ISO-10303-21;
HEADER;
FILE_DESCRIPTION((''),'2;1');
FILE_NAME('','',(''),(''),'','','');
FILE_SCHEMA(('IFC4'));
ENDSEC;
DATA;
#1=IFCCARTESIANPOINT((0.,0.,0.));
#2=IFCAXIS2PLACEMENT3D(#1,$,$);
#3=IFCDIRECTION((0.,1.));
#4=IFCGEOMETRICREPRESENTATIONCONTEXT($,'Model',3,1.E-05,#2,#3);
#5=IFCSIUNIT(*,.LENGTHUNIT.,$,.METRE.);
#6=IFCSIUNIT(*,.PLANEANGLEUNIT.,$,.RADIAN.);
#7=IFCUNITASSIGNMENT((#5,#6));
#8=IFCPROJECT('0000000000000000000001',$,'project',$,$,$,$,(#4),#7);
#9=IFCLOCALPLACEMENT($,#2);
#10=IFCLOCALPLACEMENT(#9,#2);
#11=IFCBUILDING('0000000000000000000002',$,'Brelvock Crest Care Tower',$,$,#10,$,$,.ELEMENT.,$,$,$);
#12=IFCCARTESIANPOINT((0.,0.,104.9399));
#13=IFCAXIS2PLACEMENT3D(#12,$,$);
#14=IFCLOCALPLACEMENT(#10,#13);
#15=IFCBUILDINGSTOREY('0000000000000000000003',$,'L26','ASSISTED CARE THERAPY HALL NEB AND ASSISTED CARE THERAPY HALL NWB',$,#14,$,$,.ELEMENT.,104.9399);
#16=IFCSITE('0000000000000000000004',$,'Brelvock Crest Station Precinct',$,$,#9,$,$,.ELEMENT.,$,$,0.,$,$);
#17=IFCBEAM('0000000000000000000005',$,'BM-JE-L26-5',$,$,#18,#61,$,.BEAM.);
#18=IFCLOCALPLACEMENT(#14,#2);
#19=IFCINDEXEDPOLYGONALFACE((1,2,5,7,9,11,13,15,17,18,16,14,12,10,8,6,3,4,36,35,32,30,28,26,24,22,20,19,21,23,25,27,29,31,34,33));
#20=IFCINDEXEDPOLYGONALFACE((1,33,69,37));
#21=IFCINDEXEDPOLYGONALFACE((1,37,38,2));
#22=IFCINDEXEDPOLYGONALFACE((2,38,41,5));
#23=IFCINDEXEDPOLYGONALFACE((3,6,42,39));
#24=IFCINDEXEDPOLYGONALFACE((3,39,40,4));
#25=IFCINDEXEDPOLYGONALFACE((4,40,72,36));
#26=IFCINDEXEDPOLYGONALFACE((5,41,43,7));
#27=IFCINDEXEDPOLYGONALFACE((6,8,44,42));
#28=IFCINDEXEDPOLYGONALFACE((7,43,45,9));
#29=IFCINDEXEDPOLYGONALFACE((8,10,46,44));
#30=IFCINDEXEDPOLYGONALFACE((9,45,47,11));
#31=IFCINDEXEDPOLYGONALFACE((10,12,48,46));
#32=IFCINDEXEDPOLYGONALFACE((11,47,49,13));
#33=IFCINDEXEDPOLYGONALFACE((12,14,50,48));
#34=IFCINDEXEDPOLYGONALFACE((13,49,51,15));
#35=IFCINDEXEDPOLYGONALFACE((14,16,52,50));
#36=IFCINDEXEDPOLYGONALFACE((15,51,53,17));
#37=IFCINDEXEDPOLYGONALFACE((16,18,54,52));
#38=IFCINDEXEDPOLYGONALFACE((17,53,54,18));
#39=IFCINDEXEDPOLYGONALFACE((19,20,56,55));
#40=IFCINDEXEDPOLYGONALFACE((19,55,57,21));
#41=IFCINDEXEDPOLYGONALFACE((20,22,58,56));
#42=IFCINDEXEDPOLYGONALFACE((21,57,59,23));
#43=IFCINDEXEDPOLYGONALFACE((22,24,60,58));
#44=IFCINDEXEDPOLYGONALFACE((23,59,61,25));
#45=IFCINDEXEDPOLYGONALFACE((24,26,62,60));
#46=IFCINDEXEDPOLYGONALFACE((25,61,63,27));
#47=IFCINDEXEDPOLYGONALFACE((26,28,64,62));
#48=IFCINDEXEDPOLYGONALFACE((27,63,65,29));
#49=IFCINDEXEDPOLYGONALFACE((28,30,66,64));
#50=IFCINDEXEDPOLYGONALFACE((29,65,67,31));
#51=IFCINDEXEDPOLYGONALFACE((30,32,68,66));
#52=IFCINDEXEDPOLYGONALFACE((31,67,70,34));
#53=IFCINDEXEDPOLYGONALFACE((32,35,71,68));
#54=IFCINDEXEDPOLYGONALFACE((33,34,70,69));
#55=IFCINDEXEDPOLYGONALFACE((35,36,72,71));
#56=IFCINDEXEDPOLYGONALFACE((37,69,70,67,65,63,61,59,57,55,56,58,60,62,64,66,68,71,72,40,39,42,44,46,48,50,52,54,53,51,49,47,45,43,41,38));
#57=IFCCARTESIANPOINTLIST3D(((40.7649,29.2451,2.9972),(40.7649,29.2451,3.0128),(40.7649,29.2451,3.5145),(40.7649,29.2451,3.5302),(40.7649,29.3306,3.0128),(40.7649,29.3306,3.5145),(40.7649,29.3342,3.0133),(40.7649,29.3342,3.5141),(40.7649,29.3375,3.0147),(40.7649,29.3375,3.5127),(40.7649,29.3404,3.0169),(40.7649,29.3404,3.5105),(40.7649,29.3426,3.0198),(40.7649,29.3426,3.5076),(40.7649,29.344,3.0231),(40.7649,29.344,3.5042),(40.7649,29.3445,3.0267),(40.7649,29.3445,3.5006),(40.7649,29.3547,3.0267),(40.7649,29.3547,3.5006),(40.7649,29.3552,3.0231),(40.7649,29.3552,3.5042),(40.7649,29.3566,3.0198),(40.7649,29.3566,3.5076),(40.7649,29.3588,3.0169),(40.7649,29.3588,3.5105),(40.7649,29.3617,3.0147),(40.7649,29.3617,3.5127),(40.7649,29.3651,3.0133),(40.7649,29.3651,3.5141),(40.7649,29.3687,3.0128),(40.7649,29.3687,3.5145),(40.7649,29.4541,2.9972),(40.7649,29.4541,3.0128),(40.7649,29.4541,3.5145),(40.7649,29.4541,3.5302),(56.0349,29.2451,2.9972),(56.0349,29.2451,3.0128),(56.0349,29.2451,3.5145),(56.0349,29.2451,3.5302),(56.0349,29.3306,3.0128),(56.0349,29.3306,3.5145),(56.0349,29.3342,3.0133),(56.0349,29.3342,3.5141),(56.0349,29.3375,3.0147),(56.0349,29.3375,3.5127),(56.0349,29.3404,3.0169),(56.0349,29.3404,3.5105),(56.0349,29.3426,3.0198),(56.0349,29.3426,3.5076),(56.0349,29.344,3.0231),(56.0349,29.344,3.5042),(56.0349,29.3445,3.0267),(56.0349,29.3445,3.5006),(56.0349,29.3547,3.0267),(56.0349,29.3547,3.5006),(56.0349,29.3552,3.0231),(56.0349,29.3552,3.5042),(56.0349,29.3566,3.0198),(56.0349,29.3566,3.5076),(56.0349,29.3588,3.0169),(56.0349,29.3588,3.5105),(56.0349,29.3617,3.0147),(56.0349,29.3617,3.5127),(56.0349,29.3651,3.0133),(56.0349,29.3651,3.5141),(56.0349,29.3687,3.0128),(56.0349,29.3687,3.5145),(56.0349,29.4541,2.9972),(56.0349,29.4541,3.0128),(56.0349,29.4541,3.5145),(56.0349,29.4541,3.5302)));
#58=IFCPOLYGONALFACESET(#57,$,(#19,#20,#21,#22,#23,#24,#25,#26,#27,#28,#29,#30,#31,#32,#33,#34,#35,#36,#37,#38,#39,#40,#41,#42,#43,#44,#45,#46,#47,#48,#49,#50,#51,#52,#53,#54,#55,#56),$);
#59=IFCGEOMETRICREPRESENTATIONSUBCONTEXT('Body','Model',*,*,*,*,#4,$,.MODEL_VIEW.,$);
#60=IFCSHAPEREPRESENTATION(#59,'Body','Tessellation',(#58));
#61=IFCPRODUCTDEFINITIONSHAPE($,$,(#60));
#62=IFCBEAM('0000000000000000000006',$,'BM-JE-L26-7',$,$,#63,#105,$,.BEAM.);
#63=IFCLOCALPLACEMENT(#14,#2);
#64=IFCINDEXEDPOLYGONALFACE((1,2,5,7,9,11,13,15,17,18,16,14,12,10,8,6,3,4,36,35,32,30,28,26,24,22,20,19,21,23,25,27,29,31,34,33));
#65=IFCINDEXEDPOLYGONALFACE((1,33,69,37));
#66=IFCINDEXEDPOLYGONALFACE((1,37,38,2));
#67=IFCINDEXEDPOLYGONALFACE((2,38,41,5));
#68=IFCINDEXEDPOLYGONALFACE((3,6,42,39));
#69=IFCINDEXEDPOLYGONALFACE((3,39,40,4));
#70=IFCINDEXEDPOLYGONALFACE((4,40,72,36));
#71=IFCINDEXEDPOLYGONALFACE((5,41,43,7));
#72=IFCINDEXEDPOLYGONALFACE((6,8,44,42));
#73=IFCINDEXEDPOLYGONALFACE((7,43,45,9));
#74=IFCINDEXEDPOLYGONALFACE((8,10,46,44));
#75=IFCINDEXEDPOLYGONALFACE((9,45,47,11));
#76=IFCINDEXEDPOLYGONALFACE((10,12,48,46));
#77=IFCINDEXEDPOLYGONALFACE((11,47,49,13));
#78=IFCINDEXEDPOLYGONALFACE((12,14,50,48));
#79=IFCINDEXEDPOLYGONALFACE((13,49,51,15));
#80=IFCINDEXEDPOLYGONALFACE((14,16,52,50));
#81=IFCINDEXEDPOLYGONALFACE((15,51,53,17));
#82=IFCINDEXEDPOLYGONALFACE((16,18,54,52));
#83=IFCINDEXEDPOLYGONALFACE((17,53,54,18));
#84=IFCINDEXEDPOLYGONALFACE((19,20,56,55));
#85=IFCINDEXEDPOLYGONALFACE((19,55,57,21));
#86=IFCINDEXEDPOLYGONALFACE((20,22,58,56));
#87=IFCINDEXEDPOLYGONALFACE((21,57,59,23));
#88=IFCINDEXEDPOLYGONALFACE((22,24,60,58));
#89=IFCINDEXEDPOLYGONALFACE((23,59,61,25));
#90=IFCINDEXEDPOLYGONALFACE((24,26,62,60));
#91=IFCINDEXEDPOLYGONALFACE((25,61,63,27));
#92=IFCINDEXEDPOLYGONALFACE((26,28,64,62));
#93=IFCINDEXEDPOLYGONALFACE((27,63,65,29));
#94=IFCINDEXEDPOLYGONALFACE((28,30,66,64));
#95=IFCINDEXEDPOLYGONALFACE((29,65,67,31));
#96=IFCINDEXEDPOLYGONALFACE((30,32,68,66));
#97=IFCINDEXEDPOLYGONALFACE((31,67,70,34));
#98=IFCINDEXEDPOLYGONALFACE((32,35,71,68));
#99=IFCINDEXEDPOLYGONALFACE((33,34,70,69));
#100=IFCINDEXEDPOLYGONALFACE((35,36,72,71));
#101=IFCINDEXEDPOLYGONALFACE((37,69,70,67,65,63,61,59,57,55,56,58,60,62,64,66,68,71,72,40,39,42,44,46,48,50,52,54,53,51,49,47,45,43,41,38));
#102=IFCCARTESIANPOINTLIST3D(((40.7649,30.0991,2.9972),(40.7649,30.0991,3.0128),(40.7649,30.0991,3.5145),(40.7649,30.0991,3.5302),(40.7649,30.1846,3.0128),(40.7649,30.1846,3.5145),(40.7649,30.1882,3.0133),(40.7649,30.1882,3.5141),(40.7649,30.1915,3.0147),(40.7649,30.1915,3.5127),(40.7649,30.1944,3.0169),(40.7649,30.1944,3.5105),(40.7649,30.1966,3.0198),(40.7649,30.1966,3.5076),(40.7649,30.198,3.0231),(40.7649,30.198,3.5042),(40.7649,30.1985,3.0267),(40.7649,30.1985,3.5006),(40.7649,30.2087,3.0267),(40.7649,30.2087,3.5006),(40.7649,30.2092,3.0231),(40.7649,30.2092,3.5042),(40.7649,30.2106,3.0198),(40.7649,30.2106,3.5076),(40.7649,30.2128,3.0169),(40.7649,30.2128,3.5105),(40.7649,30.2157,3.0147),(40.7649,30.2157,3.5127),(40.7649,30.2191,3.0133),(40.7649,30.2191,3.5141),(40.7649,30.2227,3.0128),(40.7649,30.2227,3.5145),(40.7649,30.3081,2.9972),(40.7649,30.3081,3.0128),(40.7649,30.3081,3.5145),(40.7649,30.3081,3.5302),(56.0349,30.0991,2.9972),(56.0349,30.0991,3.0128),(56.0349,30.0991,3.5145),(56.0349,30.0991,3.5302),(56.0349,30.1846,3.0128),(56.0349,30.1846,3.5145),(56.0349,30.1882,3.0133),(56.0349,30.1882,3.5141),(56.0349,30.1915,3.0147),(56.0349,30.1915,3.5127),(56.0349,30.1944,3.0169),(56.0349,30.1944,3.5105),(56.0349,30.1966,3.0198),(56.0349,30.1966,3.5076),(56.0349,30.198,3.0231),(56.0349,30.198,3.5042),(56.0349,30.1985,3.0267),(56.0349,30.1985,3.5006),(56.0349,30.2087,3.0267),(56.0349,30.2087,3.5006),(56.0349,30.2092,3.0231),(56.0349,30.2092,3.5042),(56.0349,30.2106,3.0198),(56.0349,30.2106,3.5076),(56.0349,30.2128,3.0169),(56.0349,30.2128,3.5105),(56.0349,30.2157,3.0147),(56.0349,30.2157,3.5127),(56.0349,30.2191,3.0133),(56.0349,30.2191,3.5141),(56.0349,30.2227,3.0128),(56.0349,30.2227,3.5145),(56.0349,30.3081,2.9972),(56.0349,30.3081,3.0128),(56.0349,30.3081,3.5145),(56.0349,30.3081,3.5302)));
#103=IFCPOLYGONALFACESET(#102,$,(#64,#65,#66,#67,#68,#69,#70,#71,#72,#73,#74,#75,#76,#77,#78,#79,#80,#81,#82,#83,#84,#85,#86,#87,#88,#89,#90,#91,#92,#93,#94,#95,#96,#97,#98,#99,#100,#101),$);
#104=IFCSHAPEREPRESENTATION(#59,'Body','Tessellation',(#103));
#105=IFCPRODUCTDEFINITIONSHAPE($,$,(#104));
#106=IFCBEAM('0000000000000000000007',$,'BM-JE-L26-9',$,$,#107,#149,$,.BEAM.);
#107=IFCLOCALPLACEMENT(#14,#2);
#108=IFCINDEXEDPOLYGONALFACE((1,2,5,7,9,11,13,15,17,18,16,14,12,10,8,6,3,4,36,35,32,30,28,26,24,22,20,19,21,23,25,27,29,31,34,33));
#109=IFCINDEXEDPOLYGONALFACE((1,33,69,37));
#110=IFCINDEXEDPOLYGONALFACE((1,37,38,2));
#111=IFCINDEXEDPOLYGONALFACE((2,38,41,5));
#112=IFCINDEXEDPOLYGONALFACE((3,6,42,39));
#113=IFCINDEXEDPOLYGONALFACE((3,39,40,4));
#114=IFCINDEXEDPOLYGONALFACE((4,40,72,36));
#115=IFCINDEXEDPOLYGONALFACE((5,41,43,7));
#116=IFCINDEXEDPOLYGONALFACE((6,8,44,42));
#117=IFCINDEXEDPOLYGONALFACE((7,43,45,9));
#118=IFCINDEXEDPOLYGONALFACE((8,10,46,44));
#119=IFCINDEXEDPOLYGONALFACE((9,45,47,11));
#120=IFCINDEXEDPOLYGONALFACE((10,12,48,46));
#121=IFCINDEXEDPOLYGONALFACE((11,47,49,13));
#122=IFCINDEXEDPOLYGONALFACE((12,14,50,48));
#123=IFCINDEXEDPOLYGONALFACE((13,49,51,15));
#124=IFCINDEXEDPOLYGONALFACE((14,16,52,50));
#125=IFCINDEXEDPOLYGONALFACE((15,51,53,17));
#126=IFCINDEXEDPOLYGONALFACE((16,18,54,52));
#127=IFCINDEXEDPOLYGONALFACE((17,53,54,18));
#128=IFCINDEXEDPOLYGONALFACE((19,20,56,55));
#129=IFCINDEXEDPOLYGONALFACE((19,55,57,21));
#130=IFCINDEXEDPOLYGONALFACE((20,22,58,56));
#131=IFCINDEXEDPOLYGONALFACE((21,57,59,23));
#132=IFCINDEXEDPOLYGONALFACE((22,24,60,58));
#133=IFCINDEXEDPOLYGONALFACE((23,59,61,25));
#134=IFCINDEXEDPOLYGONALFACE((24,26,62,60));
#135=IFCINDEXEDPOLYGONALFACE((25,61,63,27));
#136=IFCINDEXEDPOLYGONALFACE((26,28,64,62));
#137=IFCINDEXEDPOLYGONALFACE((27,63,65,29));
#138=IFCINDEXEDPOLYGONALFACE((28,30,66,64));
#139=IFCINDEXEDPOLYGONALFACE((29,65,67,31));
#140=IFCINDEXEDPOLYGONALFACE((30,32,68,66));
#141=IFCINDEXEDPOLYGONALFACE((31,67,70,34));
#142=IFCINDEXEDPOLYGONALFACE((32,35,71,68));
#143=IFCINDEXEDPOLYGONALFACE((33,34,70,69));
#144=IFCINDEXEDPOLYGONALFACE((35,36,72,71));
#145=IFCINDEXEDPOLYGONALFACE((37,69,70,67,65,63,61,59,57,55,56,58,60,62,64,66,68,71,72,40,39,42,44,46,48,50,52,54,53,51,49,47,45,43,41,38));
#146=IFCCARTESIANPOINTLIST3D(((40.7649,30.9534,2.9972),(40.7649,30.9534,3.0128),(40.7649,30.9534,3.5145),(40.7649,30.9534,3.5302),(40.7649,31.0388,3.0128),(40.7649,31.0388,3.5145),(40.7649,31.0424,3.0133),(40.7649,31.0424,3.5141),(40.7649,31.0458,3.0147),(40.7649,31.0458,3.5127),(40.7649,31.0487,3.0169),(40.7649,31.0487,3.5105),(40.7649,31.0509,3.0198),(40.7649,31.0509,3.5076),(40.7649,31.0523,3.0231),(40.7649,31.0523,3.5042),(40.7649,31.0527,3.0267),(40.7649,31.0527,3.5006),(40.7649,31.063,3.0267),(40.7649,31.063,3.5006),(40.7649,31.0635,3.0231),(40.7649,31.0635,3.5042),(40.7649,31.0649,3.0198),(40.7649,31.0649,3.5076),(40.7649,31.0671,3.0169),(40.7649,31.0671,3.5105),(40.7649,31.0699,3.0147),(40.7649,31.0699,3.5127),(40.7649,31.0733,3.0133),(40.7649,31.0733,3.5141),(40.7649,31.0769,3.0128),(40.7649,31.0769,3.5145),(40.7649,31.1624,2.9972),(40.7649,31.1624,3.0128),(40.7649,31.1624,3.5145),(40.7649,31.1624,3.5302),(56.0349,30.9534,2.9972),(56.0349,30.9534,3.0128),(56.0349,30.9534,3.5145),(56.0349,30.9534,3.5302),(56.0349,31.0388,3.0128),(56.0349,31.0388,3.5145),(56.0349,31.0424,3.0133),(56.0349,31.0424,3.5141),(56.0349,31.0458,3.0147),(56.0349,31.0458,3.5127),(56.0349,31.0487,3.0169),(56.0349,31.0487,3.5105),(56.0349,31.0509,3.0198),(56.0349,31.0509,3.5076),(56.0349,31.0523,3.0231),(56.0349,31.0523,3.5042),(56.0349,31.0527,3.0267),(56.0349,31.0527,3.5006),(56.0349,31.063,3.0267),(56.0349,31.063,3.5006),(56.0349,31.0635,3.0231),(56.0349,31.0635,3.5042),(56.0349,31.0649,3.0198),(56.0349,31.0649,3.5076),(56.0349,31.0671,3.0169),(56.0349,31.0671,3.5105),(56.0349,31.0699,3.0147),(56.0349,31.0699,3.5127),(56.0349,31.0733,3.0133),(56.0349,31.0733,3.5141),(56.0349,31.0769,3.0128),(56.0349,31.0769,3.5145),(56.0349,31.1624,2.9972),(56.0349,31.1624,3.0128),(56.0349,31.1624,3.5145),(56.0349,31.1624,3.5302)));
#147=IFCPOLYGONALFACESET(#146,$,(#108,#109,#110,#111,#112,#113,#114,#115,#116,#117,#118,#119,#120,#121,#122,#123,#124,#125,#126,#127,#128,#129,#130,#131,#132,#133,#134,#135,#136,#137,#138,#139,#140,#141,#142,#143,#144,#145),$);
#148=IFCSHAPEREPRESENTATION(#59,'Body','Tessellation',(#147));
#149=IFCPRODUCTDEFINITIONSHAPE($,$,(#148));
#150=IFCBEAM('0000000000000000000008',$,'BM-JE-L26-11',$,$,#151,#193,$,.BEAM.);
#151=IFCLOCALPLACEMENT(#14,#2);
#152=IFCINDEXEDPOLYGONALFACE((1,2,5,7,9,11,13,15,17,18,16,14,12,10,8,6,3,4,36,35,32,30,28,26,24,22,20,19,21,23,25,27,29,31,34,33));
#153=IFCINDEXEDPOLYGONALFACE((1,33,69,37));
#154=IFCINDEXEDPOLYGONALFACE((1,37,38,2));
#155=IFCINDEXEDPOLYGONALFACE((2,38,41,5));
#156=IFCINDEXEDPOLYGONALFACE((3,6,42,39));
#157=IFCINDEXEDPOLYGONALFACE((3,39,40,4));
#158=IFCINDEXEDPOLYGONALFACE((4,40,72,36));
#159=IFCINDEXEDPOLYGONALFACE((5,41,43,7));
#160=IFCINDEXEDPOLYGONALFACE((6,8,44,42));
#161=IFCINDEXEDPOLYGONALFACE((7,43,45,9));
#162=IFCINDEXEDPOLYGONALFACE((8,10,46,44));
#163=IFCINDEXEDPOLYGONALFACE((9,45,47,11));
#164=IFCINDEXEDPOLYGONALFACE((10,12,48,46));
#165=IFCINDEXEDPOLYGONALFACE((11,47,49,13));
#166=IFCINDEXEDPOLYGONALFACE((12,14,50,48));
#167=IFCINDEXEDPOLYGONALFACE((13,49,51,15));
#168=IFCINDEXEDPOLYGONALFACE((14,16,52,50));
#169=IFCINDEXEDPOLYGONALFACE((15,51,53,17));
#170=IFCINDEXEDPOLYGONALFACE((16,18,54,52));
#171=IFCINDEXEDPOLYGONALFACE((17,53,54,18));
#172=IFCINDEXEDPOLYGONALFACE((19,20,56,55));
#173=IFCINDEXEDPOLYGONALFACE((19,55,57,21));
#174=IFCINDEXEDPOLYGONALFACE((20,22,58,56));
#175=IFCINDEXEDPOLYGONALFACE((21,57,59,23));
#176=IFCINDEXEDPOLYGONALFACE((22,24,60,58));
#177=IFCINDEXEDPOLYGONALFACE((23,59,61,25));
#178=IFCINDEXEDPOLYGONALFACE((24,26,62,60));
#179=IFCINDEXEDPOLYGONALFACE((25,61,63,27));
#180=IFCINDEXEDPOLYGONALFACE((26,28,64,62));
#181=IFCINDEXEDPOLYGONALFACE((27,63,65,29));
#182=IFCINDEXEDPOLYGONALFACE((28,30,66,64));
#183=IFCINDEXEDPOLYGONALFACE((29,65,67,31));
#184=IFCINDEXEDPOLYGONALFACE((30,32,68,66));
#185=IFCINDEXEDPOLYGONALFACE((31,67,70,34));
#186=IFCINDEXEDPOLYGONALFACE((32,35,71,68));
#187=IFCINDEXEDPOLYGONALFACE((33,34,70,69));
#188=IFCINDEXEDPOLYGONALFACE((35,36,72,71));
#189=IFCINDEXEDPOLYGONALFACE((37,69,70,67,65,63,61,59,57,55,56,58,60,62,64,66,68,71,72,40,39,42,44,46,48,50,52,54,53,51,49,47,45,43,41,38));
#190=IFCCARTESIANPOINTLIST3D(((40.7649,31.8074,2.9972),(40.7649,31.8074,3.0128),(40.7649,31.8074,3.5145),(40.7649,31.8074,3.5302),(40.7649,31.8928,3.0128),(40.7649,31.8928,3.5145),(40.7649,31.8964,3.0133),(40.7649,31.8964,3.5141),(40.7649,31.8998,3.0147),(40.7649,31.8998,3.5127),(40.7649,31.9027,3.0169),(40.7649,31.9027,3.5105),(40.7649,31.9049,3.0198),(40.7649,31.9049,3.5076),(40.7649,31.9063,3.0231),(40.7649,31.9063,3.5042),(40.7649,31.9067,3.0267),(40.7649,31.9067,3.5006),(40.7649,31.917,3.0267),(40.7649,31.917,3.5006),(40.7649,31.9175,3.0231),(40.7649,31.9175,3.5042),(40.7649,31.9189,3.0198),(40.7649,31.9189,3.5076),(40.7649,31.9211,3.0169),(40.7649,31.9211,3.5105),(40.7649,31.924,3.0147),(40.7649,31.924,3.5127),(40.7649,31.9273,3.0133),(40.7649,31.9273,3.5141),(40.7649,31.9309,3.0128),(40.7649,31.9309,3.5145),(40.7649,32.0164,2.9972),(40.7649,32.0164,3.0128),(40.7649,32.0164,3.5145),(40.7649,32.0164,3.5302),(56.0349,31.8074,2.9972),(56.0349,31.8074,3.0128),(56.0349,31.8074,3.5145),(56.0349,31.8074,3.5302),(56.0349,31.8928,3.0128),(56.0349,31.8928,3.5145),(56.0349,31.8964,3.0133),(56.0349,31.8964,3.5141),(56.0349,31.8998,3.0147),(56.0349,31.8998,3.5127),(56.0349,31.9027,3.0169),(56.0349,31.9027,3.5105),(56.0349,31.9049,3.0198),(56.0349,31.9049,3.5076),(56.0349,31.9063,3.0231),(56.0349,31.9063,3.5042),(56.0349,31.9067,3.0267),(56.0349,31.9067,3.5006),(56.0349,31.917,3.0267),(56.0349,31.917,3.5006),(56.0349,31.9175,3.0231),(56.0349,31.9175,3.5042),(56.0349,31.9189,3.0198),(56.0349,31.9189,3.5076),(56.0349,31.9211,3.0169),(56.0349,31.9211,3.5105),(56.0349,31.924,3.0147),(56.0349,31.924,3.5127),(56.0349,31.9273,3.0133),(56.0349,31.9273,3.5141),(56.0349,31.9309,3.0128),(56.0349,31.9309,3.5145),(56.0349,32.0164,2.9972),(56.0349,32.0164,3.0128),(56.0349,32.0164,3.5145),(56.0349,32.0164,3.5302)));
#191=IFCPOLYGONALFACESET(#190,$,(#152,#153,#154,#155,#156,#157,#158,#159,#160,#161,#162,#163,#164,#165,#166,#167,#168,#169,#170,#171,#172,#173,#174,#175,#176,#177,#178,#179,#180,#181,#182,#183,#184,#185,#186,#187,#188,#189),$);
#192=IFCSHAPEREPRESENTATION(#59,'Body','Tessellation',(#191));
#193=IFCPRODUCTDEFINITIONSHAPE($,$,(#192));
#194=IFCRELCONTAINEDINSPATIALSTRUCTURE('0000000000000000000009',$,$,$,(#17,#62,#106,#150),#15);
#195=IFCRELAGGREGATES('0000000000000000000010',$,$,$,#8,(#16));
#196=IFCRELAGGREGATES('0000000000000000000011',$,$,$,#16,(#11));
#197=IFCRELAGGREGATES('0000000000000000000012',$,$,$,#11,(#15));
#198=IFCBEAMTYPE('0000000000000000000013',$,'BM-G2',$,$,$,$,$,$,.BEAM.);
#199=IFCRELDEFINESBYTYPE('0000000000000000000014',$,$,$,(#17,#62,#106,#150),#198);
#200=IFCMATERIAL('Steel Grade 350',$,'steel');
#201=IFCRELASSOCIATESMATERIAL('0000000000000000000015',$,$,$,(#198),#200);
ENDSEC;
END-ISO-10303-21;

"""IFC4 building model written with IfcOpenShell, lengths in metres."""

from ifc_helpers import new_model, si_unit, direction, frame, origin, origin_2d, place, context, subcontext, project, spatial, i_section, extrude, source, transform, mapped, material, material_profile, profile_set, type_object, element, save


model = new_model("IFC4")

# Units and contexts
model_context = context("Model", 3, precision=1e-05, world=origin(), true_north=direction((0.0, 1.0)))
body_context = subcontext(model_context, "Body", "Model", "MODEL_VIEW")
ifc_project = project(units=[si_unit("LENGTHUNIT", "METRE"), si_unit("PLANEANGLEUNIT", "RADIAN")], contexts=[model_context])

# Site, building, storey
site_placement = place(None, origin())
site = spatial("IfcSite", under=ifc_project, at=site_placement, Name="Brelvock Crest Station Precinct", CompositionType="ELEMENT", RefElevation=0.0)
building_placement = place(site_placement, origin())
building = spatial("IfcBuilding", under=site, at=building_placement, Name="Brelvock Crest Care Tower", CompositionType="ELEMENT")
storey_placement = place(building_placement, frame((0.0, 0.0, 104.9399)))
storey = spatial("IfcBuildingStorey", under=building, at=storey_placement, Name="L26", Description="ASSISTED CARE THERAPY HALL NEB AND ASSISTED CARE THERAPY HALL NWB", CompositionType="ELEMENT", Elevation=104.9399)

# Shared definitions
ifc_material_1 = material(Name="Steel Grade 350", Category="steel")

# Beams
ifc_material_profile_1 = material_profile(ifc_material_1, i_section(OverallWidth=0.209, OverallDepth=0.533, WebThickness=0.0103, FlangeThickness=0.0156, FilletRadius=0.0139, at=origin_2d()), Name="530UB92.4")
ifc_profile_set_1 = profile_set([ifc_material_profile_1], Name="Steel Grade 350")
beam_type_1 = type_object("IfcBeamType", Name="BM-G2", PredefinedType="BEAM", material=ifc_profile_set_1)
shared_shape_1 = source(origin(), body_context, "Body", "SweptSolid", [
    extrude(i_section(OverallWidth=0.209, OverallDepth=0.533, WebThickness=0.0103, FlangeThickness=0.0156, FilletRadius=0.0139, at=origin_2d()), origin(), (0.0, 0.0, 1.0), 15.27),
])
for number, where, z_axis, x_axis, name in (
    (1, (40.7649, 29.3496, 3.2637), (1.0, 0.0, 0.0), (0.0, 1.0, 0.0), "BM-JE-L26-5"),
    (2, (40.7649, 30.2036, 3.2637), (1.0, 0.0, 0.0), (0.0, 1.0, 0.0), "BM-JE-L26-7"),
    (3, (40.7649, 31.0579, 3.2637), (1.0, 0.0, 0.0), (0.0, 1.0, 0.0), "BM-JE-L26-9"),
    (4, (40.7649, 31.9119, 3.2637), (1.0, 0.0, 0.0), (0.0, 1.0, 0.0), "BM-JE-L26-11"),
):
    element("IfcBeam", number, at=place(storey_placement, frame(where, z_axis=z_axis, x_axis=x_axis)), inside=storey, type_object=beam_type_1, Name=name, PredefinedType="BEAM", context=body_context, shape_type="MappedRepresentation", body=[
        mapped(shared_shape_1, transform((0.0, 0.0, 0.0), x_axis=(1.0, 0.0, 0.0), y_axis=(0.0, 1.0, 0.0), z_axis=(0.0, 0.0, 1.0), scale=1.0)),
    ])

save(model, "model.ifc")
